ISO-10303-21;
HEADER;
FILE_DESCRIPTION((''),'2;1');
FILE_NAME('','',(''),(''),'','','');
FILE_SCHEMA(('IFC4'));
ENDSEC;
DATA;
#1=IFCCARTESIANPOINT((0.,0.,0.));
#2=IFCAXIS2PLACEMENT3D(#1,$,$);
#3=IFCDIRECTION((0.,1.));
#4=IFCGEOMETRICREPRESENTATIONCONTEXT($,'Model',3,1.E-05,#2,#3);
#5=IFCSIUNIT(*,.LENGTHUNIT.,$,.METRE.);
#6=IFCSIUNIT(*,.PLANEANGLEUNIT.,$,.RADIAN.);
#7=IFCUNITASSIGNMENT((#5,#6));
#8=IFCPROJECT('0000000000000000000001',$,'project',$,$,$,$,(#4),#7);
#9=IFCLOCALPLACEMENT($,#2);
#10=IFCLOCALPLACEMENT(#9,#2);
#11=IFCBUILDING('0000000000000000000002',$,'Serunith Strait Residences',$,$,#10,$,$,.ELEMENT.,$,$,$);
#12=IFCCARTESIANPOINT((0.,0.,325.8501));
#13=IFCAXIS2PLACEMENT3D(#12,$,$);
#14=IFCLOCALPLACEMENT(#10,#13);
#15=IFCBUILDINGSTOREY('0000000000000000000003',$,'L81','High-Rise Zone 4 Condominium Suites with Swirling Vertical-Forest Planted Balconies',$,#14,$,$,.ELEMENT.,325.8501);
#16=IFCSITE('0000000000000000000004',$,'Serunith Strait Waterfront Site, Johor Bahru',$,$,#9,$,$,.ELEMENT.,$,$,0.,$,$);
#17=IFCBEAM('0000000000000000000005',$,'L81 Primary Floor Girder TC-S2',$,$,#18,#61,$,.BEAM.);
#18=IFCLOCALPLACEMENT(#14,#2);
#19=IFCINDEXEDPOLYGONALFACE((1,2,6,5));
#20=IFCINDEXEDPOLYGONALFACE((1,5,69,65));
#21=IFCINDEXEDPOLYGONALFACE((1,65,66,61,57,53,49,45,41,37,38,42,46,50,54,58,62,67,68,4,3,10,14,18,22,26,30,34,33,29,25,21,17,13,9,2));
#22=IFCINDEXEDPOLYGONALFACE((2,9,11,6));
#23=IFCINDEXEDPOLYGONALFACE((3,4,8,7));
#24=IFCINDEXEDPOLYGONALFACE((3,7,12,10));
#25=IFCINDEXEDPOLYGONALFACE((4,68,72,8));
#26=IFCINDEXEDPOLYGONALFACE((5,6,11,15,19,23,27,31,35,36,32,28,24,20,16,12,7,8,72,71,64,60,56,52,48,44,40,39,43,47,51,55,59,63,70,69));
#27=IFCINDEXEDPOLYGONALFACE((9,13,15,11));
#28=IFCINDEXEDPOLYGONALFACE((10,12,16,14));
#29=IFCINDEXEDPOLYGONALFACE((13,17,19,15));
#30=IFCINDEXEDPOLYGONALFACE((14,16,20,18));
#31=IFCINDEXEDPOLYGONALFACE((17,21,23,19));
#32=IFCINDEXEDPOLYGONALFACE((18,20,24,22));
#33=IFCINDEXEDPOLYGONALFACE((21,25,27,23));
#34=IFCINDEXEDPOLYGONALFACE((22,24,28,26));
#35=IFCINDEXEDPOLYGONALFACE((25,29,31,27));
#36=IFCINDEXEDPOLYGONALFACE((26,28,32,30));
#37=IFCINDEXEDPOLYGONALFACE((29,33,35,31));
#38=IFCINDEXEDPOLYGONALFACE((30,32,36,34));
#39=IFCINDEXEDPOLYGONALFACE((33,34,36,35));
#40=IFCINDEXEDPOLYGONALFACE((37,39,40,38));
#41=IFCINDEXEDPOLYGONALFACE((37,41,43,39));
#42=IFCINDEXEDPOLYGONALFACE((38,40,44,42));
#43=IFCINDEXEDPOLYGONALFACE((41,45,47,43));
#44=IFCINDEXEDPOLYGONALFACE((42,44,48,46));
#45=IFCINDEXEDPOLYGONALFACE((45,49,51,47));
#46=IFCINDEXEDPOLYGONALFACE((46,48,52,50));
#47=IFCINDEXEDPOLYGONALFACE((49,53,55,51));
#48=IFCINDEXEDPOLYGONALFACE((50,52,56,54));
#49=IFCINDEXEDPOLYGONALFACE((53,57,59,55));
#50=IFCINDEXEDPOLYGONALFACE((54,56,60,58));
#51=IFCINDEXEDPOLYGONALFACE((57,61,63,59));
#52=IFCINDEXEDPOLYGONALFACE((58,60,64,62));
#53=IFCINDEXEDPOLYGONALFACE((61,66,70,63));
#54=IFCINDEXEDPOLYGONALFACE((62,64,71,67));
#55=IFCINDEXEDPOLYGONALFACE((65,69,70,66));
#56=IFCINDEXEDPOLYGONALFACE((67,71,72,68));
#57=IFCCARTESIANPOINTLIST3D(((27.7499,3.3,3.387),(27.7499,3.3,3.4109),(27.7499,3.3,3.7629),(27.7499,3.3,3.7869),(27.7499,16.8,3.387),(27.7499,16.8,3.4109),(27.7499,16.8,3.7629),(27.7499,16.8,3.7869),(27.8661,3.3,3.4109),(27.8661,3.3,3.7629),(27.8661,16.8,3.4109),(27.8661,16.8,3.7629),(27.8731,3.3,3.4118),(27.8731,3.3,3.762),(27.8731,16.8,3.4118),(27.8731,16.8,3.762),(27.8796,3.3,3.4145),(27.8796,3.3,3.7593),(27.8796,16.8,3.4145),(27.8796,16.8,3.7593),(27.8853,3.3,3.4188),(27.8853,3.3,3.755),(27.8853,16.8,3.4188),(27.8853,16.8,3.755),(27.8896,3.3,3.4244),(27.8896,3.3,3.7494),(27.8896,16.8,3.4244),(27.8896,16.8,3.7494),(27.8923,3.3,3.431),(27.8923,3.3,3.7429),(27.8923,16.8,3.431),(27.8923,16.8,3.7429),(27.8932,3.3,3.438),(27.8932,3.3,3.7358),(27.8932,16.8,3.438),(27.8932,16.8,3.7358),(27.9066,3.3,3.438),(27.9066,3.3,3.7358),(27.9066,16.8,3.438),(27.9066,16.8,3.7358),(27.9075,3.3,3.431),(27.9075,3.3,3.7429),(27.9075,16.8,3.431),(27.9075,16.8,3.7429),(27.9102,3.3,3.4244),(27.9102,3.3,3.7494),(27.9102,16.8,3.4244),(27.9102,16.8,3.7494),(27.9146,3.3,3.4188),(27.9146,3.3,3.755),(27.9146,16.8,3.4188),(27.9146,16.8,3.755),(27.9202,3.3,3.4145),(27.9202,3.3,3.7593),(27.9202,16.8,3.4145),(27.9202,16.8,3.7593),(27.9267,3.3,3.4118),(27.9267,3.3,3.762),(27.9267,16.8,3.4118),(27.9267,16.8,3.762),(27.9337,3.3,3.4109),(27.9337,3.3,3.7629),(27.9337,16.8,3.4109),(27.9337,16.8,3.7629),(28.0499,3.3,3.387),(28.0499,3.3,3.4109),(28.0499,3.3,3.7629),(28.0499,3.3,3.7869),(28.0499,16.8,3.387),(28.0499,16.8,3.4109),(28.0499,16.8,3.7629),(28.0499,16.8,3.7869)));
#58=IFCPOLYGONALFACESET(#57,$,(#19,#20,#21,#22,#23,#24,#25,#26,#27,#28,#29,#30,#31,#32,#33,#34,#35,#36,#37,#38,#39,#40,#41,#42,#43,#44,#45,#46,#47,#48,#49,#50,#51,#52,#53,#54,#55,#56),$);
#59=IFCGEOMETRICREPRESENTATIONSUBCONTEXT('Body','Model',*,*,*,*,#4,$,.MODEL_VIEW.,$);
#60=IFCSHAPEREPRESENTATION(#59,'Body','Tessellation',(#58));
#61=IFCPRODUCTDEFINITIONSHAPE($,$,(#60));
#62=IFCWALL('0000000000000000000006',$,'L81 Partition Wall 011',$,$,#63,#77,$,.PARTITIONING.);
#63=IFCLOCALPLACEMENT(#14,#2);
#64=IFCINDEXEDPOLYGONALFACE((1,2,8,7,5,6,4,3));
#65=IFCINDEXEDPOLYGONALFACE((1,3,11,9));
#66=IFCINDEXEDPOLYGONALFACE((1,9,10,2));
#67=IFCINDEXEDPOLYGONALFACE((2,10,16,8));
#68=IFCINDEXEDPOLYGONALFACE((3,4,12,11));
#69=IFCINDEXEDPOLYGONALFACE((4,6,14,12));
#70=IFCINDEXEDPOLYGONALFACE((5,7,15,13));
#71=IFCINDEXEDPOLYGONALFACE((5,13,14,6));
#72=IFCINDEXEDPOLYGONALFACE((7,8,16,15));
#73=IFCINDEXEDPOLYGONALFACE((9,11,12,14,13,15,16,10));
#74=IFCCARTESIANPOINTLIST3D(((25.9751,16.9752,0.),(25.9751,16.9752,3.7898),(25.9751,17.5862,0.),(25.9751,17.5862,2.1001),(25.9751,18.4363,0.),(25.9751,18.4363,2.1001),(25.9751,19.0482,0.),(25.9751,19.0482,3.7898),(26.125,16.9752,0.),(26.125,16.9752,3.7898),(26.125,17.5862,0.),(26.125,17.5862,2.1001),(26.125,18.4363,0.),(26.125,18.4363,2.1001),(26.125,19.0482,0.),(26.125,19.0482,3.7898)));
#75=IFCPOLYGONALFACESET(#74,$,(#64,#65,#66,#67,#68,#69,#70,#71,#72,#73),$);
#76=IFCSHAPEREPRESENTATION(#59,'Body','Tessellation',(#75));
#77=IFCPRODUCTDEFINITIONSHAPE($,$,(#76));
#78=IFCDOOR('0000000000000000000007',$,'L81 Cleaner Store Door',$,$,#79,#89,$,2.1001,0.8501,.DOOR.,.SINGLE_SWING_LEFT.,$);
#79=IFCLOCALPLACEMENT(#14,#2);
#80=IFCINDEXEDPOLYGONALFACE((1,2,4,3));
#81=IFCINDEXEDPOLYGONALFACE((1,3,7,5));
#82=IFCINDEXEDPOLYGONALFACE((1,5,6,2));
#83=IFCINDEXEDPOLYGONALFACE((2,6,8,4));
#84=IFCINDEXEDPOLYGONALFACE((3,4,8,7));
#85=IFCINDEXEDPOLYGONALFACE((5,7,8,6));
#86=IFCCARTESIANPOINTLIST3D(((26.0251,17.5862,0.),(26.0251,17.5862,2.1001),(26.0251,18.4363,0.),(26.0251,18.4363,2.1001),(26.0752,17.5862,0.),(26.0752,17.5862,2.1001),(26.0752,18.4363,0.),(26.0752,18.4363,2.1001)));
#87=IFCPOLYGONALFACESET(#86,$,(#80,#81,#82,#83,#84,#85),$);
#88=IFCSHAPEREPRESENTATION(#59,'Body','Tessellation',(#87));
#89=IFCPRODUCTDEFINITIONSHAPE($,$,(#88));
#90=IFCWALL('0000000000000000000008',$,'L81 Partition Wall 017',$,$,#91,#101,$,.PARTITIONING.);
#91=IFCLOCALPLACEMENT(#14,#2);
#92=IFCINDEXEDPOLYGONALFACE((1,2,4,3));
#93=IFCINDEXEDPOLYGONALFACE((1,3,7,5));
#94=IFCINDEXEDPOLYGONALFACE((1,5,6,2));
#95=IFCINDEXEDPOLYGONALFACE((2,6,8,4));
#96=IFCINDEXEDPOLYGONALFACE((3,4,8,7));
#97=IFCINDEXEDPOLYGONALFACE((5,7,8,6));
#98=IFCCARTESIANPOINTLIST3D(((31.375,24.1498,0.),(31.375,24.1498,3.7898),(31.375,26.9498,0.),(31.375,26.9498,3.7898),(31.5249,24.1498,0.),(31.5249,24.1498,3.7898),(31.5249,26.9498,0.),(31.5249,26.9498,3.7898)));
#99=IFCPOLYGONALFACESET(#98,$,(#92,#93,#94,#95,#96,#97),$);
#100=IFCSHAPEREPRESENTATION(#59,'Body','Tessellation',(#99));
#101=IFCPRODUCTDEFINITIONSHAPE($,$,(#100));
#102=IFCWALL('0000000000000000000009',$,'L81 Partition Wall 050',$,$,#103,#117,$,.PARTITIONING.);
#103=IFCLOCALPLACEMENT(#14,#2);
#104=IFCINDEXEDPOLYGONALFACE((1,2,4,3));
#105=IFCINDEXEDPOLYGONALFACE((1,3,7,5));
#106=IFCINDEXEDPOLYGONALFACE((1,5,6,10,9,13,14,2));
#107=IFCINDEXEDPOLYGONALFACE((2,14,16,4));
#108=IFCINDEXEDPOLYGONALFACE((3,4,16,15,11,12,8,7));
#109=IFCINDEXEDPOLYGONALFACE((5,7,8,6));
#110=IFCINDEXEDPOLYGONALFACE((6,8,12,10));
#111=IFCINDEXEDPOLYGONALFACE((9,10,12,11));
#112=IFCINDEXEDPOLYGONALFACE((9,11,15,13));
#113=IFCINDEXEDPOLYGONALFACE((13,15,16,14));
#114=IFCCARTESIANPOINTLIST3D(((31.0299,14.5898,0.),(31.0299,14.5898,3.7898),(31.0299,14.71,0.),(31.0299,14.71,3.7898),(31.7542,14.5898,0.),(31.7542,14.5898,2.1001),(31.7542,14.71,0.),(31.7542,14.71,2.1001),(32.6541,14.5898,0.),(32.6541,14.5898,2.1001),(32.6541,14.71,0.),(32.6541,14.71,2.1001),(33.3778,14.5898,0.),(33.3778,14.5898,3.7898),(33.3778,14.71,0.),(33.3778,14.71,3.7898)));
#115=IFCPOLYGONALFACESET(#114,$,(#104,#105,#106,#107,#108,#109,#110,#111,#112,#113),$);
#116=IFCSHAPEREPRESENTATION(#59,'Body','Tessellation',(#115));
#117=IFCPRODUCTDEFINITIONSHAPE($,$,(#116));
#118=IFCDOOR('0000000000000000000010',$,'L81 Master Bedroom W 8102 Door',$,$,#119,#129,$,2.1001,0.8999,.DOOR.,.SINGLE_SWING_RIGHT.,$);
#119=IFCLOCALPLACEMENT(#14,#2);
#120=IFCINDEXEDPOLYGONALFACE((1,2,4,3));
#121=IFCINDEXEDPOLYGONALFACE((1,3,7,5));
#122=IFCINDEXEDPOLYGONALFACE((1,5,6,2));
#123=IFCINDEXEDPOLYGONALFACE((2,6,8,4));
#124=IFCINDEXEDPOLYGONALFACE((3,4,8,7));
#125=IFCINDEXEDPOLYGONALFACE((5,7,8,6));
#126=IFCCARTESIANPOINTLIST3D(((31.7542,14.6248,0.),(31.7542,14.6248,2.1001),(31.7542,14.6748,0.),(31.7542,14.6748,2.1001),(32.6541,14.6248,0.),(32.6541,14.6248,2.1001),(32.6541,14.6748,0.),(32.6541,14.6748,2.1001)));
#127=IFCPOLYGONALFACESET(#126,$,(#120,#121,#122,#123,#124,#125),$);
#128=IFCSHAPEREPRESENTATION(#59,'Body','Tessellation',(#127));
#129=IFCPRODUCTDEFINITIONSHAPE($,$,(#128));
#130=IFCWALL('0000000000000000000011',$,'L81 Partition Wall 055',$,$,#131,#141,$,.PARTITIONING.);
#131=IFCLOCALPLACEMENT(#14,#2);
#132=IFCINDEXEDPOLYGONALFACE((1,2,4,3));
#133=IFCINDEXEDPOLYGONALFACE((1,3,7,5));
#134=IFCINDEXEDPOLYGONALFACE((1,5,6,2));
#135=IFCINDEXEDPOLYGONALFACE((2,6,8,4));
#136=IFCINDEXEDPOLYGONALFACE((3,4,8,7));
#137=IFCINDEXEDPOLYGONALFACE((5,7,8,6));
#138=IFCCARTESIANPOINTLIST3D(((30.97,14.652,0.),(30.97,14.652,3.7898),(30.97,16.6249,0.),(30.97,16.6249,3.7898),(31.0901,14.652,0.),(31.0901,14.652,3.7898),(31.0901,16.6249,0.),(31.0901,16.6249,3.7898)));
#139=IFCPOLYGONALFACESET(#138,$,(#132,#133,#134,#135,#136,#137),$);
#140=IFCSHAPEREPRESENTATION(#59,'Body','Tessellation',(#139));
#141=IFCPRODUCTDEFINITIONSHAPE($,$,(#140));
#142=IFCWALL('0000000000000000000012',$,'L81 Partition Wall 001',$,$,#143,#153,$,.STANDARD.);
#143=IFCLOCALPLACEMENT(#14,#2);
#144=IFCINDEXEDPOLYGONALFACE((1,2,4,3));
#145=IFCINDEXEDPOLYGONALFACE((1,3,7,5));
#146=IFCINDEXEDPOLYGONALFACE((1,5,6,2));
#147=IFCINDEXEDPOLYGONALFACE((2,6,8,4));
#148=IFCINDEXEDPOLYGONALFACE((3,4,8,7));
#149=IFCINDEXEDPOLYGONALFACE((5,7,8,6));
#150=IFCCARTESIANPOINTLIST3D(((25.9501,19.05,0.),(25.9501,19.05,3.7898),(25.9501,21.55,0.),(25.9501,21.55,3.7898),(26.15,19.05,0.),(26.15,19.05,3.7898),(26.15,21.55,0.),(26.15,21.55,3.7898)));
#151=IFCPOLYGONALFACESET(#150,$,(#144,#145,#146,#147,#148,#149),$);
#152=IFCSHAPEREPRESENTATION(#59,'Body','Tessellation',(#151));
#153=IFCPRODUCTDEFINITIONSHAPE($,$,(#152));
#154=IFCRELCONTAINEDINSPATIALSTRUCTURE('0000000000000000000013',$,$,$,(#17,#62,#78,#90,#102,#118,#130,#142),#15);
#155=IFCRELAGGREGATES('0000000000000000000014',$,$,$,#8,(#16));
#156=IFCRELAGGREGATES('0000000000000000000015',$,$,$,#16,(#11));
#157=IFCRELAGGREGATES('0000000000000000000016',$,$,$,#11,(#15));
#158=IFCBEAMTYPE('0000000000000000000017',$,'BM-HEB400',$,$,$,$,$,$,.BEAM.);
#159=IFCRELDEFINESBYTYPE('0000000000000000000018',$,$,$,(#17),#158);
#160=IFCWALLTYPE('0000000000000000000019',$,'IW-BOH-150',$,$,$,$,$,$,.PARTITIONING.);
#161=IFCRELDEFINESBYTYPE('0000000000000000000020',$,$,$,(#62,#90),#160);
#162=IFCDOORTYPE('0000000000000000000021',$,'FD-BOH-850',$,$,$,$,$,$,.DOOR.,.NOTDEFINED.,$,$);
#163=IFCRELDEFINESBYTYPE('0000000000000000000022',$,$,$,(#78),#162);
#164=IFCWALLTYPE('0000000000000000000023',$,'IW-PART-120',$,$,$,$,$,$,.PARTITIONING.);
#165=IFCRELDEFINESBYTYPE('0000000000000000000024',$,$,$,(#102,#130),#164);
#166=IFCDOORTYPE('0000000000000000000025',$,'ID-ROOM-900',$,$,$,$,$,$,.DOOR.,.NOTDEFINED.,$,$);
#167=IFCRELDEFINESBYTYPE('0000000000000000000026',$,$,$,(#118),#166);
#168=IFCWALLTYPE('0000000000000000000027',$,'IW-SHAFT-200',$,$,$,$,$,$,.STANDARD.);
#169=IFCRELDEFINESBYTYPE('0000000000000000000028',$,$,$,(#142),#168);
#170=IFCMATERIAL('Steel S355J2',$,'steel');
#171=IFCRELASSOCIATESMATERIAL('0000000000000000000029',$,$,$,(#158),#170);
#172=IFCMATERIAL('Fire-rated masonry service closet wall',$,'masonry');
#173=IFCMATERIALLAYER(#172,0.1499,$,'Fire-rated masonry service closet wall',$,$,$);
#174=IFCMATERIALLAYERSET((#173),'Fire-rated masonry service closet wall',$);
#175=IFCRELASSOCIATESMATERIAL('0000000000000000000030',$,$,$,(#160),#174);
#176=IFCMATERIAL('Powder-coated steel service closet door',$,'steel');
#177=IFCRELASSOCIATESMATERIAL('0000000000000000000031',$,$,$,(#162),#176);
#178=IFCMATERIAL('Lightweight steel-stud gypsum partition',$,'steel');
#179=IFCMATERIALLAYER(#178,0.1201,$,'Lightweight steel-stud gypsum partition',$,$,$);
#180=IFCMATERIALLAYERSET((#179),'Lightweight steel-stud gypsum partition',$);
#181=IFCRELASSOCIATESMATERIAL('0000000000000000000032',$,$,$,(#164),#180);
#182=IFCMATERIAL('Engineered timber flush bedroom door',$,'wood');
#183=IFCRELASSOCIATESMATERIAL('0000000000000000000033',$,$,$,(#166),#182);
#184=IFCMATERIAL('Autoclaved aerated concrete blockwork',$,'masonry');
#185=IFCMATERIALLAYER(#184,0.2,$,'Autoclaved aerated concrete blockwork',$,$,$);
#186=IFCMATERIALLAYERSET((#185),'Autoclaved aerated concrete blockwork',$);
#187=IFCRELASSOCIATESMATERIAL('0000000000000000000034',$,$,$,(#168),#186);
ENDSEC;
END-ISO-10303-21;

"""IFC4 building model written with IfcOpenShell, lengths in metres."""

from ifc_helpers import new_model, si_unit, direction, frame, frame_2d, origin, origin_2d, place, context, subcontext, project, spatial, rectangle, i_section, extrude, source, transform, mapped, material, layer, layer_set, material_profile, profile_set, type_object, element, fill, save


model = new_model("IFC4")

# Units and contexts
model_context = context("Model", 3, precision=1e-05, world=origin(), true_north=direction((0.0, 1.0)))
body_context = subcontext(model_context, "Body", "Model", "MODEL_VIEW")
ifc_project = project(units=[si_unit("LENGTHUNIT", "METRE"), si_unit("PLANEANGLEUNIT", "RADIAN")], contexts=[model_context])

# Site, building, storey
site_placement = place(None, origin())
site = spatial("IfcSite", under=ifc_project, at=site_placement, Name="Serunith Strait Waterfront Site, Johor Bahru", CompositionType="ELEMENT", RefElevation=0.0)
building_placement = place(site_placement, origin())
building = spatial("IfcBuilding", under=site, at=building_placement, Name="Serunith Strait Residences", CompositionType="ELEMENT")
storey_placement = place(building_placement, frame((0.0, 0.0, 325.8501)))
storey = spatial("IfcBuildingStorey", under=building, at=storey_placement, Name="L81", Description="High-Rise Zone 4 Condominium Suites with Swirling Vertical-Forest Planted Balconies", CompositionType="ELEMENT", Elevation=325.8501)

# Beam
ifc_material_1 = material(Name="Steel S355J2", Category="steel")
ifc_material_profile = material_profile(ifc_material_1, i_section(OverallWidth=0.3, OverallDepth=0.3999, WebThickness=0.0134, FlangeThickness=0.0239, FilletRadius=0.0271, at=origin_2d()), Name="HEB 400")
ifc_profile_set = profile_set([ifc_material_profile], Name="Steel S355J2")
beam_type = type_object("IfcBeamType", Name="BM-HEB400", PredefinedType="BEAM", material=ifc_profile_set)
shared_shape_1 = source(origin(), body_context, "Body", "SweptSolid", [
    extrude(i_section(OverallWidth=0.3, OverallDepth=0.3999, WebThickness=0.0134, FlangeThickness=0.0239, FilletRadius=0.0271, at=origin_2d()), origin(), (0.0, 0.0, 1.0), 13.5),
])
beam_placement = place(storey_placement, frame((27.8999, 16.8, 3.5869), z_axis=(0.0, -1.0, 0.0), x_axis=(1.0, 0.0, 0.0)))
element("IfcBeam", 1, at=beam_placement, inside=storey, type_object=beam_type, Name="L81 Primary Floor Girder TC-S2", PredefinedType="BEAM", context=body_context, shape_type="MappedRepresentation", body=[
    mapped(shared_shape_1, transform((0.0, 0.0, 0.0), scale=1.0)),
])

# Wall, opening, door
ifc_material_2 = material(Name="Fire-rated masonry service closet wall", Category="masonry")
ifc_layer_1 = layer(ifc_material_2, 0.1499, Name="Fire-rated masonry service closet wall")
ifc_layer_set_1 = layer_set([ifc_layer_1], Name="Fire-rated masonry service closet wall")
wall_type_1 = type_object("IfcWallType", Name="IW-BOH-150", PredefinedType="PARTITIONING", material=ifc_layer_set_1)
wall_1_placement = place(storey_placement, frame((26.05, 16.9751, 0.0), z_axis=(0.0, 0.0, 1.0), x_axis=(0.0, 1.0, 0.0)))
wall_1 = element("IfcWall", 2, at=wall_1_placement, inside=storey, type_object=wall_type_1, Name="L81 Partition Wall 011", PredefinedType="PARTITIONING", context=body_context, shape_type="SweptSolid", body=[
    extrude(rectangle(XDim=2.073, YDim=0.1499, at=frame_2d((1.0366, 0.0))), origin(), (0.0, 0.0, 1.0), 3.7898),
])
opening_1_placement = place(wall_1_placement, frame((0.6111, 0.0, 0.0)))
opening_1 = element("IfcOpeningElement", 3, at=opening_1_placement, cuts=wall_1, PredefinedType="OPENING", context=body_context, shape_type="SweptSolid", body=[
    extrude(rectangle(XDim=0.8501, YDim=2.1001, at=frame_2d((0.425, 1.05))), frame((0.0, 0.085, 0.0), z_axis=(0.0, -1.0, 0.0), x_axis=(1.0, 0.0, 0.0)), (0.0, 0.0, 1.0), 0.1699),
])
ifc_material_3 = material(Name="Powder-coated steel service closet door", Category="steel")
door_type_1 = type_object("IfcDoorType", Name="FD-BOH-850", OperationType="NOTDEFINED", PredefinedType="DOOR", material=ifc_material_3)
shared_shape_2 = source(origin(), body_context, "Body", "SweptSolid", [
    extrude(rectangle(XDim=0.8501, YDim=2.1001, at=frame_2d((0.425, 1.05))), frame((0.0, 0.0249, 0.0), z_axis=(0.0, -1.0, 0.0), x_axis=(1.0, 0.0, 0.0)), (0.0, 0.0, 1.0), 0.05),
])
door_1_placement = place(opening_1_placement, origin())
door_1 = element("IfcDoor", 4, at=door_1_placement, inside=storey, type_object=door_type_1, Name="L81 Cleaner Store Door", OperationType="SINGLE_SWING_LEFT", OverallHeight=2.1001, OverallWidth=0.8501, PredefinedType="DOOR", context=body_context, shape_type="MappedRepresentation", body=[
    mapped(shared_shape_2, transform((0.0, 0.0, 0.0), scale=1.0)),
])
fill(opening_1, door_1)

# Wall
wall_2_placement = place(storey_placement, frame((31.45, 24.1499, 0.0), z_axis=(0.0, 0.0, 1.0), x_axis=(0.0, 1.0, 0.0)))
element("IfcWall", 5, at=wall_2_placement, inside=storey, type_object=wall_type_1, Name="L81 Partition Wall 017", PredefinedType="PARTITIONING", context=body_context, shape_type="SweptSolid", body=[
    extrude(rectangle(XDim=2.8, YDim=0.1499, at=frame_2d((1.3999, 0.0))), origin(), (0.0, 0.0, 1.0), 3.7898),
])

# Wall, opening, door
ifc_material_4 = material(Name="Lightweight steel-stud gypsum partition", Category="steel")
ifc_layer_2 = layer(ifc_material_4, 0.1201, Name="Lightweight steel-stud gypsum partition")
ifc_layer_set_2 = layer_set([ifc_layer_2], Name="Lightweight steel-stud gypsum partition")
wall_type_2 = type_object("IfcWallType", Name="IW-PART-120", PredefinedType="PARTITIONING", material=ifc_layer_set_2)
wall_3_placement = place(storey_placement, frame((31.03, 14.6499, 0.0), z_axis=(0.0, 0.0, 1.0), x_axis=(1.0, 0.0, 0.0)))
wall_3 = element("IfcWall", 6, at=wall_3_placement, inside=storey, type_object=wall_type_2, Name="L81 Partition Wall 050", PredefinedType="PARTITIONING", context=body_context, shape_type="SweptSolid", body=[
    extrude(rectangle(XDim=2.3479, YDim=0.1201, at=frame_2d((1.1738, 0.0))), origin(), (0.0, 0.0, 1.0), 3.7898),
])
opening_2_placement = place(wall_3_placement, frame((0.7241, 0.0, 0.0)))
opening_2 = element("IfcOpeningElement", 7, at=opening_2_placement, cuts=wall_3, PredefinedType="OPENING", context=body_context, shape_type="SweptSolid", body=[
    extrude(rectangle(XDim=0.8999, YDim=2.1001, at=frame_2d((0.45, 1.05))), frame((0.0, 0.0701, 0.0), z_axis=(0.0, -1.0, 0.0), x_axis=(1.0, 0.0, 0.0)), (0.0, 0.0, 1.0), 0.1401),
])
ifc_material_5 = material(Name="Engineered timber flush bedroom door", Category="wood")
door_type_2 = type_object("IfcDoorType", Name="ID-ROOM-900", OperationType="NOTDEFINED", PredefinedType="DOOR", material=ifc_material_5)
shared_shape_3 = source(origin(), body_context, "Body", "SweptSolid", [
    extrude(rectangle(XDim=0.8999, YDim=2.1001, at=frame_2d((0.45, 1.05))), frame((0.0, 0.0249, 0.0), z_axis=(0.0, -1.0, 0.0), x_axis=(1.0, 0.0, 0.0)), (0.0, 0.0, 1.0), 0.05),
])
door_2_placement = place(opening_2_placement, origin())
door_2 = element("IfcDoor", 8, at=door_2_placement, inside=storey, type_object=door_type_2, Name="L81 Master Bedroom W 8102 Door", OperationType="SINGLE_SWING_RIGHT", OverallHeight=2.1001, OverallWidth=0.8999, PredefinedType="DOOR", context=body_context, shape_type="MappedRepresentation", body=[
    mapped(shared_shape_3, transform((0.0, 0.0, 0.0), scale=1.0)),
])
fill(opening_2, door_2)

# Walls
wall_4_placement = place(storey_placement, frame((31.03, 14.6521, 0.0), z_axis=(0.0, 0.0, 1.0), x_axis=(0.0, 1.0, 0.0)))
element("IfcWall", 9, at=wall_4_placement, inside=storey, type_object=wall_type_2, Name="L81 Partition Wall 055", PredefinedType="PARTITIONING", context=body_context, shape_type="SweptSolid", body=[
    extrude(rectangle(XDim=1.9729, YDim=0.1201, at=frame_2d((0.9863, 0.0))), origin(), (0.0, 0.0, 1.0), 3.7898),
])
ifc_material_6 = material(Name="Autoclaved aerated concrete blockwork", Category="masonry")
ifc_layer_3 = layer(ifc_material_6, 0.2, Name="Autoclaved aerated concrete blockwork")
ifc_layer_set_3 = layer_set([ifc_layer_3], Name="Autoclaved aerated concrete blockwork")
wall_type_3 = type_object("IfcWallType", Name="IW-SHAFT-200", PredefinedType="STANDARD", material=ifc_layer_set_3)
wall_5_placement = place(storey_placement, frame((26.05, 19.05, 0.0), z_axis=(0.0, 0.0, 1.0), x_axis=(0.0, 1.0, 0.0)))
element("IfcWall", 10, at=wall_5_placement, inside=storey, type_object=wall_type_3, Name="L81 Partition Wall 001", PredefinedType="STANDARD", context=body_context, shape_type="SweptSolid", body=[
    extrude(rectangle(XDim=2.5, YDim=0.2, at=frame_2d((1.25, 0.0))), origin(), (0.0, 0.0, 1.0), 3.7898),
])

save(model, "model.ifc")
